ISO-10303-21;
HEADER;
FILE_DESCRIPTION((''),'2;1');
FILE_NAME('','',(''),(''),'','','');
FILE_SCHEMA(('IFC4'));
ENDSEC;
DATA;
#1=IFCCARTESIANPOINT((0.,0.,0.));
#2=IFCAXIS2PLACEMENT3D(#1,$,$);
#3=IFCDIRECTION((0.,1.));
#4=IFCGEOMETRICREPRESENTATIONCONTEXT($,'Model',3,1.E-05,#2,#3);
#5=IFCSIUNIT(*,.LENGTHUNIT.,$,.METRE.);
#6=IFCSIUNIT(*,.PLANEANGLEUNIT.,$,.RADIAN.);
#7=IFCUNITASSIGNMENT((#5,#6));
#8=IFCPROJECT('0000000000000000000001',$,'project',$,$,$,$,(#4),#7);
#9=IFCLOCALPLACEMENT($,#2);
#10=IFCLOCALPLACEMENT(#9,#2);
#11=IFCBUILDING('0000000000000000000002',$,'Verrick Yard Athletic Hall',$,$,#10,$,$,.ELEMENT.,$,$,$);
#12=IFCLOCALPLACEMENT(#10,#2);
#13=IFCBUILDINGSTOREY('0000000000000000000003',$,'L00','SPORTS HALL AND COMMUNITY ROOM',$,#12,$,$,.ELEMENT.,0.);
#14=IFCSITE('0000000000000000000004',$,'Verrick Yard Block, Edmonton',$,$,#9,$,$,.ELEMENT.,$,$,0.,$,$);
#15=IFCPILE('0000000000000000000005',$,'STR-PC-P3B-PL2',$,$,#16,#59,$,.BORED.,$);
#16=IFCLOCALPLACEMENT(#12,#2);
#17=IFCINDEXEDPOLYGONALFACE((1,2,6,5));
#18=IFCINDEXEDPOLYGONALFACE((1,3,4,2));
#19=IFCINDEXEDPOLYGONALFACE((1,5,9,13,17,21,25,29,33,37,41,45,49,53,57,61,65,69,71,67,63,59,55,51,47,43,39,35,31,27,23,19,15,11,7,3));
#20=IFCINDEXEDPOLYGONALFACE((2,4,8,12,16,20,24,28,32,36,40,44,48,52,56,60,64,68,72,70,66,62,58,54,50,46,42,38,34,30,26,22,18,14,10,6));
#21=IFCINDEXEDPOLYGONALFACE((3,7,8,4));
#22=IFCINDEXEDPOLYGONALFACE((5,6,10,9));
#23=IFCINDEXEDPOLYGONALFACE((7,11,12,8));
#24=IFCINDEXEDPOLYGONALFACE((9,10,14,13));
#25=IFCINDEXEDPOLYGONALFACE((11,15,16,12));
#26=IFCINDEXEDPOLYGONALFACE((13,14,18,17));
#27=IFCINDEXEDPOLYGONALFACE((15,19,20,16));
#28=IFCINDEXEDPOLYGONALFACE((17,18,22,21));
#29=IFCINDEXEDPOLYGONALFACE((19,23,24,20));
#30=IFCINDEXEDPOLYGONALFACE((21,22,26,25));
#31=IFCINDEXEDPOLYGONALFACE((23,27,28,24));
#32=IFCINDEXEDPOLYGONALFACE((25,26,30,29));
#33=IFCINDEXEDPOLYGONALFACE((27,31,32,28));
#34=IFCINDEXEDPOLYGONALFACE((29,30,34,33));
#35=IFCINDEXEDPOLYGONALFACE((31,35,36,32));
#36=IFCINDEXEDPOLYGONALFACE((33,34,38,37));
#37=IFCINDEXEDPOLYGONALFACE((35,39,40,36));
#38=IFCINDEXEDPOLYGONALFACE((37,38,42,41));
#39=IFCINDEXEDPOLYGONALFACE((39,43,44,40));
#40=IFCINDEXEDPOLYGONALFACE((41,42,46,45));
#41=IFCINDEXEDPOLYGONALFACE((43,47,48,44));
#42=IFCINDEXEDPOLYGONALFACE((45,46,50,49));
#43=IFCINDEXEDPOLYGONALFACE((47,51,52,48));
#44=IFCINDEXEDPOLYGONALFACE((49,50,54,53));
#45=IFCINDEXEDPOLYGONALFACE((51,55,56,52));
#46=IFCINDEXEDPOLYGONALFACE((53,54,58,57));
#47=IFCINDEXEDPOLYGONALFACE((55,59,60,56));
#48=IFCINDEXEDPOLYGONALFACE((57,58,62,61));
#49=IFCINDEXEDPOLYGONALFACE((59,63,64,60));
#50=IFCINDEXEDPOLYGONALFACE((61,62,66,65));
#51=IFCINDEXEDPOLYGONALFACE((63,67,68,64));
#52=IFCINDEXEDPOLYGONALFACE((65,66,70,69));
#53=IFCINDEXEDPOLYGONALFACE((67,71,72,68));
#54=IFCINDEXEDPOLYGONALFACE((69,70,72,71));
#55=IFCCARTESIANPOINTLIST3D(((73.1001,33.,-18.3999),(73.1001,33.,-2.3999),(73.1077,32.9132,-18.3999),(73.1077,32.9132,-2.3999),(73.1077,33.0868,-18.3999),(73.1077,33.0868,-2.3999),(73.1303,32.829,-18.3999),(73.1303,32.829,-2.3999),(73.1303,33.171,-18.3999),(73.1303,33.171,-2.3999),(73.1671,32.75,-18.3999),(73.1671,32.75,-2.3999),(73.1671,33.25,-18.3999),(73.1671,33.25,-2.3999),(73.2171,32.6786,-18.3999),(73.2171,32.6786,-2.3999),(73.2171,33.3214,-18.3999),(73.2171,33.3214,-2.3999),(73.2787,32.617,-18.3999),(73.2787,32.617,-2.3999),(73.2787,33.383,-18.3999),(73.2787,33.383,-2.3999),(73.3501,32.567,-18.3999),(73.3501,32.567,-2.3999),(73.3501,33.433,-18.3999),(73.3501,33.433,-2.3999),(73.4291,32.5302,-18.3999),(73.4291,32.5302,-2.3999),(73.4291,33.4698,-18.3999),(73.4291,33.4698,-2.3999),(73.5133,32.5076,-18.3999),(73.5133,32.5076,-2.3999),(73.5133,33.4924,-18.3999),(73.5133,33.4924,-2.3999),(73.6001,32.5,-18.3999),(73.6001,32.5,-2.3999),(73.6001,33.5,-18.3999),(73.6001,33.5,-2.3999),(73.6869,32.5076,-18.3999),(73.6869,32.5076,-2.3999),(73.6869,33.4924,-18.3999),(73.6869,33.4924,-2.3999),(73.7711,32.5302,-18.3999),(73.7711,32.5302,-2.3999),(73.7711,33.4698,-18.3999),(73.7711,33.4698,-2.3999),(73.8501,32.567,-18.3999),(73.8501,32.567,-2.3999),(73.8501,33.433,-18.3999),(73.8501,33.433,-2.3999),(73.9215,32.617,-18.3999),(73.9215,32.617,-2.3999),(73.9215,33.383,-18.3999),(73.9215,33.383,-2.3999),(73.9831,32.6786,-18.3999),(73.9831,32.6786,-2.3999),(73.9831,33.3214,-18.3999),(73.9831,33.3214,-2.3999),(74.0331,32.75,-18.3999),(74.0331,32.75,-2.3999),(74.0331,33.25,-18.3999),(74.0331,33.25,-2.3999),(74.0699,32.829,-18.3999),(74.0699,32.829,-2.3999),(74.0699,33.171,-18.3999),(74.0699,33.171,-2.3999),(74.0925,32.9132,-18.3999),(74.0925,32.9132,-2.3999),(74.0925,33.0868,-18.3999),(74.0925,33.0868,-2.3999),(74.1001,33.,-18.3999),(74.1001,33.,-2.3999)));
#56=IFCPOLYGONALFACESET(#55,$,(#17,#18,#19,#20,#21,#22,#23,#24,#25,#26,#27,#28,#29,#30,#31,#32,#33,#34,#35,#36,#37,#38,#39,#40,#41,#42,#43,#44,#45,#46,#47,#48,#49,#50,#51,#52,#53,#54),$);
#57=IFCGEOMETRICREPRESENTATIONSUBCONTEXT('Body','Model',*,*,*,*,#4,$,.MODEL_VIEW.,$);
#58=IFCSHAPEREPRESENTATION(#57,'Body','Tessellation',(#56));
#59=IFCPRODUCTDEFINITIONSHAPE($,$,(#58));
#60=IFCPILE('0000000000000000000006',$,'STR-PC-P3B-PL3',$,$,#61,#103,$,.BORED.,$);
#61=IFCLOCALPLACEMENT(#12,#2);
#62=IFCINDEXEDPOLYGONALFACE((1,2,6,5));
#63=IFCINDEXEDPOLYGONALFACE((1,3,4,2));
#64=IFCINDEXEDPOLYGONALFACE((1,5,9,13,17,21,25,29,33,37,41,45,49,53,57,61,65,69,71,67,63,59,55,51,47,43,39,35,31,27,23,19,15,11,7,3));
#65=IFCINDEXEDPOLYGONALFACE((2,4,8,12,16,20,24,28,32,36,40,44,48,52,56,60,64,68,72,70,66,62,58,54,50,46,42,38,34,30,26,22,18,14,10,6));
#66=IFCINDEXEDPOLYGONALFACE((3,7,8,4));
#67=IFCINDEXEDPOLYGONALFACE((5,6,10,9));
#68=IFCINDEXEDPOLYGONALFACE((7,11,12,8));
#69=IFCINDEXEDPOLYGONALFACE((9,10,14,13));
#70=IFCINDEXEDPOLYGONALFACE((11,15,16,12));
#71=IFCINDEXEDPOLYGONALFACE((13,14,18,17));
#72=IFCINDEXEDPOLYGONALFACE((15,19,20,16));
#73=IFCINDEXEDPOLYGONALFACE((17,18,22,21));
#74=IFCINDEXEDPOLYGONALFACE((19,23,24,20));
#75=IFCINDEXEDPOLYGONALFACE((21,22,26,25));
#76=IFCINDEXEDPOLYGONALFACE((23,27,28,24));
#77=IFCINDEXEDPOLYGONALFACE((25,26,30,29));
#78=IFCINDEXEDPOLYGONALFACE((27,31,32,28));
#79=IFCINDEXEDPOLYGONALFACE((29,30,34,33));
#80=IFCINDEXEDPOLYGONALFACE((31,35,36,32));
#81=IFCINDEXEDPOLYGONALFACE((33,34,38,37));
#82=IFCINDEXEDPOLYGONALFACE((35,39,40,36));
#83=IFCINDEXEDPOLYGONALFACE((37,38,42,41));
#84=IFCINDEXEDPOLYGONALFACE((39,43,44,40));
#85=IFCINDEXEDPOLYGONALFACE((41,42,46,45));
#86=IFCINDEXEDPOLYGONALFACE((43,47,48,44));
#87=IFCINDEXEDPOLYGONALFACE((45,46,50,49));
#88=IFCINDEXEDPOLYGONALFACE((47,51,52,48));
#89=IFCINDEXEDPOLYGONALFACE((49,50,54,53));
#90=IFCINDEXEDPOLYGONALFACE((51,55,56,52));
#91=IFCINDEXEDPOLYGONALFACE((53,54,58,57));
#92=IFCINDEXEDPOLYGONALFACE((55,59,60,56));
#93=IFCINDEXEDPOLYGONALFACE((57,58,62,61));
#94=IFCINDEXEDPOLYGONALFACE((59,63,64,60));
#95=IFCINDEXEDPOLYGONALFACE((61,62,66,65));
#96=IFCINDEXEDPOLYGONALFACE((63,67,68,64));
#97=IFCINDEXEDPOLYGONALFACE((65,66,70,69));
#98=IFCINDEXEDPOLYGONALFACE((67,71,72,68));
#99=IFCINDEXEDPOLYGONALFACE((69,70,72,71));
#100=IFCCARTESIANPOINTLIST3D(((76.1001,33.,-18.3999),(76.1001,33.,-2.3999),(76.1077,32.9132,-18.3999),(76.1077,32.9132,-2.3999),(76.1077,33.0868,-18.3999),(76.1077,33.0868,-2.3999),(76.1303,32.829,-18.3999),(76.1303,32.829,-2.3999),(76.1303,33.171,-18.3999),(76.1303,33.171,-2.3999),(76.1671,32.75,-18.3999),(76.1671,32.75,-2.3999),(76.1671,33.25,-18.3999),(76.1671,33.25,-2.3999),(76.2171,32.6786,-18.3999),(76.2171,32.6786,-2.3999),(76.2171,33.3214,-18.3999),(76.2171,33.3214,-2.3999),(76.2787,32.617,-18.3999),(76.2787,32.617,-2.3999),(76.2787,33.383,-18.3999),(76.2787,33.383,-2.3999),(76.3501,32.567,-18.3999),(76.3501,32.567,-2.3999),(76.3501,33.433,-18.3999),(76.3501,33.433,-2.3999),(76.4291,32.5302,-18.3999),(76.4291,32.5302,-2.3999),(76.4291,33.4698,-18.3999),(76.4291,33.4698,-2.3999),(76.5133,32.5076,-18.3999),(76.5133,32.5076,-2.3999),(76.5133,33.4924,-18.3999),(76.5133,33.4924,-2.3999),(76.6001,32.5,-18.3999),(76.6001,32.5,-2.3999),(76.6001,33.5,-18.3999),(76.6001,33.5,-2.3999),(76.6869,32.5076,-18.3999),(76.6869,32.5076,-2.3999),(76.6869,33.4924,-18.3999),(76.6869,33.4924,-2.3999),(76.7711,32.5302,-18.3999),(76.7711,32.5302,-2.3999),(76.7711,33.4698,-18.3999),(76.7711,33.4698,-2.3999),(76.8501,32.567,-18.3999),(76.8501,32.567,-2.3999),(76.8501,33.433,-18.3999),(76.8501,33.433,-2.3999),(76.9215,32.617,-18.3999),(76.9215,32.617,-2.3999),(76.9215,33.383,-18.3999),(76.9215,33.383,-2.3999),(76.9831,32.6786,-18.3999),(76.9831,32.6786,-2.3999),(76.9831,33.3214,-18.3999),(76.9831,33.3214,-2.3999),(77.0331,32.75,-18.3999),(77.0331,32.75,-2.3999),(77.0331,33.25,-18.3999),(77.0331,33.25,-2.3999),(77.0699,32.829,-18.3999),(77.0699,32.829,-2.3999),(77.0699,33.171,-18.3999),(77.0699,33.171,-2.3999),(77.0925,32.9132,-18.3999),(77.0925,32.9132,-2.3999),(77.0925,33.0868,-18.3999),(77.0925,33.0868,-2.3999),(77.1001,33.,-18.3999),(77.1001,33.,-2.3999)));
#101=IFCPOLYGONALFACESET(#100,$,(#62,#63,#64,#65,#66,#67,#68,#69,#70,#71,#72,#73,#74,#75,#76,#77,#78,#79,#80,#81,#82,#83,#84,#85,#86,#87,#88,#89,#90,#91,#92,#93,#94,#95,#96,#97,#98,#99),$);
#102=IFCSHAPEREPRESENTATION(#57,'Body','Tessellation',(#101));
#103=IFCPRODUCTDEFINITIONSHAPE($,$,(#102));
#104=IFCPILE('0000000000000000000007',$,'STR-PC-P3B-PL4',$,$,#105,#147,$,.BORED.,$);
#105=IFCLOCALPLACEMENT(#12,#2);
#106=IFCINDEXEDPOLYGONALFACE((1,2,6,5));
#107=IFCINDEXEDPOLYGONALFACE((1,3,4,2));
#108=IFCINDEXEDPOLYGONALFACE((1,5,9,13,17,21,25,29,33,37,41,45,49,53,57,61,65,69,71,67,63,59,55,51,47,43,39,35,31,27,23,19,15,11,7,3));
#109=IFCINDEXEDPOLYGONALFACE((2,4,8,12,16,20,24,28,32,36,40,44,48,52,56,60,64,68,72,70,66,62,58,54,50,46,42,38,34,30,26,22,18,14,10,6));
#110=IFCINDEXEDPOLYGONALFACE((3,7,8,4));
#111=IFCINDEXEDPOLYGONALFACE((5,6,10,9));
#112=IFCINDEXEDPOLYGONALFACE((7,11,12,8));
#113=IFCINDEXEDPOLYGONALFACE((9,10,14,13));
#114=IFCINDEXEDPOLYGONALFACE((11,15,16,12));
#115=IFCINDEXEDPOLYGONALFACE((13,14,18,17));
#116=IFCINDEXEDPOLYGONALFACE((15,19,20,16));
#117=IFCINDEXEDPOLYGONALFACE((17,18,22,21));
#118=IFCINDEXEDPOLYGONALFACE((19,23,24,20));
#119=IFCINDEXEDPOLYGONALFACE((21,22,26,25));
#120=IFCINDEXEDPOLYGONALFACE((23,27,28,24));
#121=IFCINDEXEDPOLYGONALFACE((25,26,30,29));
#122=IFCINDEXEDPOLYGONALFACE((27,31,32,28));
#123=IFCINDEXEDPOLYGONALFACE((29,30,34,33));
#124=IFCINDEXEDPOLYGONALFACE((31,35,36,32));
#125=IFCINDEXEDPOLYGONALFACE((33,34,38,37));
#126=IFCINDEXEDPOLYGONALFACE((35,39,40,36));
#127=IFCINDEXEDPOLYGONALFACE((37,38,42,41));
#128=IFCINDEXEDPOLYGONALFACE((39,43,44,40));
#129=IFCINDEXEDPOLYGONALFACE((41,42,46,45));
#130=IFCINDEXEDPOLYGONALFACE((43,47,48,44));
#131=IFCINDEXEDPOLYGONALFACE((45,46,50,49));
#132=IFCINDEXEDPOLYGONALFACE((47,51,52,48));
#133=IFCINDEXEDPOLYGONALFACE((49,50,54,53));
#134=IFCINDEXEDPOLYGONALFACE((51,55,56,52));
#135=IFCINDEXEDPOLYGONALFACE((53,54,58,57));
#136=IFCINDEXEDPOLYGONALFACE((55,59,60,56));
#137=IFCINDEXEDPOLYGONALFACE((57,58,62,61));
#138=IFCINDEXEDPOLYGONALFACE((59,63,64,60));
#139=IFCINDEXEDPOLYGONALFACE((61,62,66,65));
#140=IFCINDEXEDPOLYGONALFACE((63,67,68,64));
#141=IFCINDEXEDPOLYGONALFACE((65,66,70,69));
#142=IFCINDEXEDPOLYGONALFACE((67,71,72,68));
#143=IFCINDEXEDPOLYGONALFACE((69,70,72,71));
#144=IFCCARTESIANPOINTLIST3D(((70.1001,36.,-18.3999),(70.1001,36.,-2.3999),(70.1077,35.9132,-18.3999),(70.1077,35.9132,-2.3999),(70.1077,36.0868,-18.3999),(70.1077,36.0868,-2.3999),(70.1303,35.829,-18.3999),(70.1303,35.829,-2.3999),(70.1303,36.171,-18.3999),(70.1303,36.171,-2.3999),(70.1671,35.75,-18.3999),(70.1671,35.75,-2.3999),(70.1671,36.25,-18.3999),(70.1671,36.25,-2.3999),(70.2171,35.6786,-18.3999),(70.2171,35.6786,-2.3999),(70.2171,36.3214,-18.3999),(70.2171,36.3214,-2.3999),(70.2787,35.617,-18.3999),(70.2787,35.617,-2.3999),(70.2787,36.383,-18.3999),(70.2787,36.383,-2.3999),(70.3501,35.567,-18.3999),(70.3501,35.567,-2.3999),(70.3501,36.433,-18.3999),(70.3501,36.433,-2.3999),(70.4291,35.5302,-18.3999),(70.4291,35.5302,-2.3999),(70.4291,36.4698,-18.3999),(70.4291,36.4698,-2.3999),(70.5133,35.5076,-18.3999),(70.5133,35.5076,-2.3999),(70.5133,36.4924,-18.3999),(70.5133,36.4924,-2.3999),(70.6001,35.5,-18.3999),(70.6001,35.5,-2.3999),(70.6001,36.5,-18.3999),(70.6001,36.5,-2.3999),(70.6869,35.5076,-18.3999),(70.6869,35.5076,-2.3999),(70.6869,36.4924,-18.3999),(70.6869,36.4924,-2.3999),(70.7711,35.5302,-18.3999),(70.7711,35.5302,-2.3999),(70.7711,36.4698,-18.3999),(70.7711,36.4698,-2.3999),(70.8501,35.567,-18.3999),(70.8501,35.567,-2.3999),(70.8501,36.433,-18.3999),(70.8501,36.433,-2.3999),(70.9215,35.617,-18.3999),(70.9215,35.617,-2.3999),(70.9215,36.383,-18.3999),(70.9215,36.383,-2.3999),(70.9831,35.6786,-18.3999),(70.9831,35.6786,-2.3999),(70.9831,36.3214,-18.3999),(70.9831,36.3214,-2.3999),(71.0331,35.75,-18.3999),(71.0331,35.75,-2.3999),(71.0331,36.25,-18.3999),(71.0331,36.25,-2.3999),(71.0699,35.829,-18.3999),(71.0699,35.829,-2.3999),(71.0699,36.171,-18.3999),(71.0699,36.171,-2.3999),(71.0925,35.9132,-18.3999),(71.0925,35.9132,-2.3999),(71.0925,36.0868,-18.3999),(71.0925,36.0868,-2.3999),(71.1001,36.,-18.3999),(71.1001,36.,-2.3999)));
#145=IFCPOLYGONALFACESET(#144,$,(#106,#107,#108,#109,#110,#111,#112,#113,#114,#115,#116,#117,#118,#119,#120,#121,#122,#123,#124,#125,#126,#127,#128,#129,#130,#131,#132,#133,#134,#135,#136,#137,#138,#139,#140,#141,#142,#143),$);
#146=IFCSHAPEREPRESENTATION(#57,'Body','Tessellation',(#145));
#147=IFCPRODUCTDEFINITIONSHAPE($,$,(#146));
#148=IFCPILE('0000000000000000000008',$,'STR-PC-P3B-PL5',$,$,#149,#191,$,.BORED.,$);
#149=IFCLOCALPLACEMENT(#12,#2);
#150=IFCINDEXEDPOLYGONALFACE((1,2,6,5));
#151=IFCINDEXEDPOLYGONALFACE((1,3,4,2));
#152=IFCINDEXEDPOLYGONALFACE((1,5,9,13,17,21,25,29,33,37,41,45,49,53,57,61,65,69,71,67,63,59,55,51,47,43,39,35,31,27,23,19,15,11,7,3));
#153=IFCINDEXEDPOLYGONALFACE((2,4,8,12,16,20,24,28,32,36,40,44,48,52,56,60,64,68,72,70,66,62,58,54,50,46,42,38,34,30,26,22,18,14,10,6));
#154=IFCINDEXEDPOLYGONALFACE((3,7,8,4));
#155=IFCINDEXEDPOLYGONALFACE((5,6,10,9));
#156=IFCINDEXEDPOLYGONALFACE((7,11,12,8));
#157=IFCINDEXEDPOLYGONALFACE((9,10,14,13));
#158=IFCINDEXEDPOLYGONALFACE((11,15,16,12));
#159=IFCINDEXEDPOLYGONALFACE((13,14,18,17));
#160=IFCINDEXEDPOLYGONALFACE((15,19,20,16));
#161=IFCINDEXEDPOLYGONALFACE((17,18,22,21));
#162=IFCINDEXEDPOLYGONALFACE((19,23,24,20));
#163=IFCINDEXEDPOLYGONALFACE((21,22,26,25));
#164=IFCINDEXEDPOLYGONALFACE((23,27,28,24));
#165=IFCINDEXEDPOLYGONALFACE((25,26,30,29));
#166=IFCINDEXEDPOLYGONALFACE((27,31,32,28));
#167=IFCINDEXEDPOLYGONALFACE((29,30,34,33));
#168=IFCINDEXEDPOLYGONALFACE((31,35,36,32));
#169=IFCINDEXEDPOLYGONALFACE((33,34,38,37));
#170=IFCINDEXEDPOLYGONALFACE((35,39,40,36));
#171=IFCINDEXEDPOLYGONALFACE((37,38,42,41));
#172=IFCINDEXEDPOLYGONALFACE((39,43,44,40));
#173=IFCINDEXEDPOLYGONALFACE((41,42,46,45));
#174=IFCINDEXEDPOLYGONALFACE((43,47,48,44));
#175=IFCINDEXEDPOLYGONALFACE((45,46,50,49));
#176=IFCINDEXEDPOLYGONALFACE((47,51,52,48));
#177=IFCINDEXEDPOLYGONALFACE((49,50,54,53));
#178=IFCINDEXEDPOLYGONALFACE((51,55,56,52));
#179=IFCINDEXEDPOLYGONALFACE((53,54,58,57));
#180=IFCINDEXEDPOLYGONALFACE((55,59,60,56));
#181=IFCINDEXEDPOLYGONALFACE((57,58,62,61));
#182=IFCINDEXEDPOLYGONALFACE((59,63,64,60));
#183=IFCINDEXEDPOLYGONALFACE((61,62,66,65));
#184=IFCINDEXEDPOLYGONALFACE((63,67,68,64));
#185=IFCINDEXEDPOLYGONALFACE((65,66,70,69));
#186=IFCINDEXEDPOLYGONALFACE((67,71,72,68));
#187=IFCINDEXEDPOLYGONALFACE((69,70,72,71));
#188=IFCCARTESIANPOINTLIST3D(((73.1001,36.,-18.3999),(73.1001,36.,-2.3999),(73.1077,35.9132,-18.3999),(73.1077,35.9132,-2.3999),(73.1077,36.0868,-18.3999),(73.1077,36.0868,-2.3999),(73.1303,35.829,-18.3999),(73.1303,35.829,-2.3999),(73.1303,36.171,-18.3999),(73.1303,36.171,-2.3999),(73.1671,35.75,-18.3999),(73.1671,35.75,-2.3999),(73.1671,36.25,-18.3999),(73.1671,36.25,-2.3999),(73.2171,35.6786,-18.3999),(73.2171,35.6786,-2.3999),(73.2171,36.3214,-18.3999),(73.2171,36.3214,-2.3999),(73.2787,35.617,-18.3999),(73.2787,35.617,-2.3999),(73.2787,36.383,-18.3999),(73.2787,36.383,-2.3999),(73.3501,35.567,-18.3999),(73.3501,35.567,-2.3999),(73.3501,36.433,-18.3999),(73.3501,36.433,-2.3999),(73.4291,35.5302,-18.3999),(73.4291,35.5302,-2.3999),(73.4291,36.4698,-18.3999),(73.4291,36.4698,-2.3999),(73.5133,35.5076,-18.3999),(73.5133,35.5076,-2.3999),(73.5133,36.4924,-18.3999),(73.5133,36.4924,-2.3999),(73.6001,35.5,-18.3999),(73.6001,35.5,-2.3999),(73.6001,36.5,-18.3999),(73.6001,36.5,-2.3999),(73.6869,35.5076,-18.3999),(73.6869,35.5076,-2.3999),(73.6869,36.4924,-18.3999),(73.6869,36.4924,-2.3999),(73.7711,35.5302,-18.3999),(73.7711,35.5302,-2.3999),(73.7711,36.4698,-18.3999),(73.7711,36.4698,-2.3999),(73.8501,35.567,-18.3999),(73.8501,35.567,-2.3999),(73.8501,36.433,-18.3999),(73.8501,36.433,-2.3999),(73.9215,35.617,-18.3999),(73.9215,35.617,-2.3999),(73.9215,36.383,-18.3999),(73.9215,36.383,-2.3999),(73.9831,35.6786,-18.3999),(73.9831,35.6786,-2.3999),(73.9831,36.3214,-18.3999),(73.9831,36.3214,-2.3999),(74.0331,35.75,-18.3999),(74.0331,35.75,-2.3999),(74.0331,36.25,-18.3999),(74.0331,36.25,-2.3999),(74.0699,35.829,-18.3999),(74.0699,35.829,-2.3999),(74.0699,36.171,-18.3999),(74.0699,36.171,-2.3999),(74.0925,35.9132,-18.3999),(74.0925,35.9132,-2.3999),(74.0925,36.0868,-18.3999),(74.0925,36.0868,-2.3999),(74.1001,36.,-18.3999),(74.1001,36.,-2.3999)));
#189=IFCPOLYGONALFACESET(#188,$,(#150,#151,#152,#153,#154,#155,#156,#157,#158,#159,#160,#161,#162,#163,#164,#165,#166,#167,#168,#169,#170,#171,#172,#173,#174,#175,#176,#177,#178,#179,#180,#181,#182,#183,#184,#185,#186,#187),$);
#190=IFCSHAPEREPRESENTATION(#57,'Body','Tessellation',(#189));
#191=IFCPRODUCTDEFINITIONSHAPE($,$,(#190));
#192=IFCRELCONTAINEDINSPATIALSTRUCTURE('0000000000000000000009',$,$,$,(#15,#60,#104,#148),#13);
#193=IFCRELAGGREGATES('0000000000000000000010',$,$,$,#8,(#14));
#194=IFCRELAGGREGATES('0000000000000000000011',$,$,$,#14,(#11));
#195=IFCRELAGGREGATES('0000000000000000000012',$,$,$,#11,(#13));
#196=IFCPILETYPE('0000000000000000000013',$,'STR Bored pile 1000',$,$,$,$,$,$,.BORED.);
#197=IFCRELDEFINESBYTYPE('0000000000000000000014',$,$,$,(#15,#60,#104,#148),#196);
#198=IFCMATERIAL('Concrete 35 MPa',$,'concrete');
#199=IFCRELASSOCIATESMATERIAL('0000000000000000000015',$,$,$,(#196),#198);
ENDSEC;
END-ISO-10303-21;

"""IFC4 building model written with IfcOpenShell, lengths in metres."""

from ifc_helpers import new_model, si_unit, direction, frame, origin, origin_2d, place, context, subcontext, project, spatial, circle, extrude, material, type_object, element, save


model = new_model("IFC4")

# Units and contexts
model_context = context("Model", 3, precision=1e-05, world=origin(), true_north=direction((0.0, 1.0)))
body_context = subcontext(model_context, "Body", "Model", "MODEL_VIEW")
ifc_project = project(units=[si_unit("LENGTHUNIT", "METRE"), si_unit("PLANEANGLEUNIT", "RADIAN")], contexts=[model_context])

# Site, building, storey
site_placement = place(None, origin())
site = spatial("IfcSite", under=ifc_project, at=site_placement, Name="Verrick Yard Block, Edmonton", CompositionType="ELEMENT", RefElevation=0.0)
building_placement = place(site_placement, origin())
building = spatial("IfcBuilding", under=site, at=building_placement, Name="Verrick Yard Athletic Hall", CompositionType="ELEMENT")
storey_placement = place(building_placement, origin())
storey = spatial("IfcBuildingStorey", under=building, at=storey_placement, Name="L00", Description="SPORTS HALL AND COMMUNITY ROOM", CompositionType="ELEMENT", Elevation=0.0)

# Piles
ifc_material_1 = material(Name="Concrete 35 MPa", Category="concrete")
pile_type = type_object("IfcPileType", Name="STR Bored pile 1000", PredefinedType="BORED", material=ifc_material_1)
for number, where, z_axis, x_axis, name in (
    (1, (73.6001, 33.0, -2.3999), (0.0, 0.0, -1.0), (1.0, 0.0, 0.0), "STR-PC-P3B-PL2"),
    (2, (76.6001, 33.0, -2.3999), (0.0, 0.0, -1.0), (1.0, 0.0, 0.0), "STR-PC-P3B-PL3"),
    (3, (70.6001, 36.0, -2.3999), (0.0, 0.0, -1.0), (1.0, 0.0, 0.0), "STR-PC-P3B-PL4"),
    (4, (73.6001, 36.0, -2.3999), (0.0, 0.0, -1.0), (1.0, 0.0, 0.0), "STR-PC-P3B-PL5"),
):
    element("IfcPile", number, at=place(storey_placement, frame(where, z_axis=z_axis, x_axis=x_axis)), inside=storey, type_object=pile_type, Name=name, PredefinedType="BORED", context=body_context, shape_type="SweptSolid", body=[
        extrude(circle(Radius=0.5, at=origin_2d()), origin(), (0.0, 0.0, 1.0), 16.0),
    ])

save(model, "model.ifc")
